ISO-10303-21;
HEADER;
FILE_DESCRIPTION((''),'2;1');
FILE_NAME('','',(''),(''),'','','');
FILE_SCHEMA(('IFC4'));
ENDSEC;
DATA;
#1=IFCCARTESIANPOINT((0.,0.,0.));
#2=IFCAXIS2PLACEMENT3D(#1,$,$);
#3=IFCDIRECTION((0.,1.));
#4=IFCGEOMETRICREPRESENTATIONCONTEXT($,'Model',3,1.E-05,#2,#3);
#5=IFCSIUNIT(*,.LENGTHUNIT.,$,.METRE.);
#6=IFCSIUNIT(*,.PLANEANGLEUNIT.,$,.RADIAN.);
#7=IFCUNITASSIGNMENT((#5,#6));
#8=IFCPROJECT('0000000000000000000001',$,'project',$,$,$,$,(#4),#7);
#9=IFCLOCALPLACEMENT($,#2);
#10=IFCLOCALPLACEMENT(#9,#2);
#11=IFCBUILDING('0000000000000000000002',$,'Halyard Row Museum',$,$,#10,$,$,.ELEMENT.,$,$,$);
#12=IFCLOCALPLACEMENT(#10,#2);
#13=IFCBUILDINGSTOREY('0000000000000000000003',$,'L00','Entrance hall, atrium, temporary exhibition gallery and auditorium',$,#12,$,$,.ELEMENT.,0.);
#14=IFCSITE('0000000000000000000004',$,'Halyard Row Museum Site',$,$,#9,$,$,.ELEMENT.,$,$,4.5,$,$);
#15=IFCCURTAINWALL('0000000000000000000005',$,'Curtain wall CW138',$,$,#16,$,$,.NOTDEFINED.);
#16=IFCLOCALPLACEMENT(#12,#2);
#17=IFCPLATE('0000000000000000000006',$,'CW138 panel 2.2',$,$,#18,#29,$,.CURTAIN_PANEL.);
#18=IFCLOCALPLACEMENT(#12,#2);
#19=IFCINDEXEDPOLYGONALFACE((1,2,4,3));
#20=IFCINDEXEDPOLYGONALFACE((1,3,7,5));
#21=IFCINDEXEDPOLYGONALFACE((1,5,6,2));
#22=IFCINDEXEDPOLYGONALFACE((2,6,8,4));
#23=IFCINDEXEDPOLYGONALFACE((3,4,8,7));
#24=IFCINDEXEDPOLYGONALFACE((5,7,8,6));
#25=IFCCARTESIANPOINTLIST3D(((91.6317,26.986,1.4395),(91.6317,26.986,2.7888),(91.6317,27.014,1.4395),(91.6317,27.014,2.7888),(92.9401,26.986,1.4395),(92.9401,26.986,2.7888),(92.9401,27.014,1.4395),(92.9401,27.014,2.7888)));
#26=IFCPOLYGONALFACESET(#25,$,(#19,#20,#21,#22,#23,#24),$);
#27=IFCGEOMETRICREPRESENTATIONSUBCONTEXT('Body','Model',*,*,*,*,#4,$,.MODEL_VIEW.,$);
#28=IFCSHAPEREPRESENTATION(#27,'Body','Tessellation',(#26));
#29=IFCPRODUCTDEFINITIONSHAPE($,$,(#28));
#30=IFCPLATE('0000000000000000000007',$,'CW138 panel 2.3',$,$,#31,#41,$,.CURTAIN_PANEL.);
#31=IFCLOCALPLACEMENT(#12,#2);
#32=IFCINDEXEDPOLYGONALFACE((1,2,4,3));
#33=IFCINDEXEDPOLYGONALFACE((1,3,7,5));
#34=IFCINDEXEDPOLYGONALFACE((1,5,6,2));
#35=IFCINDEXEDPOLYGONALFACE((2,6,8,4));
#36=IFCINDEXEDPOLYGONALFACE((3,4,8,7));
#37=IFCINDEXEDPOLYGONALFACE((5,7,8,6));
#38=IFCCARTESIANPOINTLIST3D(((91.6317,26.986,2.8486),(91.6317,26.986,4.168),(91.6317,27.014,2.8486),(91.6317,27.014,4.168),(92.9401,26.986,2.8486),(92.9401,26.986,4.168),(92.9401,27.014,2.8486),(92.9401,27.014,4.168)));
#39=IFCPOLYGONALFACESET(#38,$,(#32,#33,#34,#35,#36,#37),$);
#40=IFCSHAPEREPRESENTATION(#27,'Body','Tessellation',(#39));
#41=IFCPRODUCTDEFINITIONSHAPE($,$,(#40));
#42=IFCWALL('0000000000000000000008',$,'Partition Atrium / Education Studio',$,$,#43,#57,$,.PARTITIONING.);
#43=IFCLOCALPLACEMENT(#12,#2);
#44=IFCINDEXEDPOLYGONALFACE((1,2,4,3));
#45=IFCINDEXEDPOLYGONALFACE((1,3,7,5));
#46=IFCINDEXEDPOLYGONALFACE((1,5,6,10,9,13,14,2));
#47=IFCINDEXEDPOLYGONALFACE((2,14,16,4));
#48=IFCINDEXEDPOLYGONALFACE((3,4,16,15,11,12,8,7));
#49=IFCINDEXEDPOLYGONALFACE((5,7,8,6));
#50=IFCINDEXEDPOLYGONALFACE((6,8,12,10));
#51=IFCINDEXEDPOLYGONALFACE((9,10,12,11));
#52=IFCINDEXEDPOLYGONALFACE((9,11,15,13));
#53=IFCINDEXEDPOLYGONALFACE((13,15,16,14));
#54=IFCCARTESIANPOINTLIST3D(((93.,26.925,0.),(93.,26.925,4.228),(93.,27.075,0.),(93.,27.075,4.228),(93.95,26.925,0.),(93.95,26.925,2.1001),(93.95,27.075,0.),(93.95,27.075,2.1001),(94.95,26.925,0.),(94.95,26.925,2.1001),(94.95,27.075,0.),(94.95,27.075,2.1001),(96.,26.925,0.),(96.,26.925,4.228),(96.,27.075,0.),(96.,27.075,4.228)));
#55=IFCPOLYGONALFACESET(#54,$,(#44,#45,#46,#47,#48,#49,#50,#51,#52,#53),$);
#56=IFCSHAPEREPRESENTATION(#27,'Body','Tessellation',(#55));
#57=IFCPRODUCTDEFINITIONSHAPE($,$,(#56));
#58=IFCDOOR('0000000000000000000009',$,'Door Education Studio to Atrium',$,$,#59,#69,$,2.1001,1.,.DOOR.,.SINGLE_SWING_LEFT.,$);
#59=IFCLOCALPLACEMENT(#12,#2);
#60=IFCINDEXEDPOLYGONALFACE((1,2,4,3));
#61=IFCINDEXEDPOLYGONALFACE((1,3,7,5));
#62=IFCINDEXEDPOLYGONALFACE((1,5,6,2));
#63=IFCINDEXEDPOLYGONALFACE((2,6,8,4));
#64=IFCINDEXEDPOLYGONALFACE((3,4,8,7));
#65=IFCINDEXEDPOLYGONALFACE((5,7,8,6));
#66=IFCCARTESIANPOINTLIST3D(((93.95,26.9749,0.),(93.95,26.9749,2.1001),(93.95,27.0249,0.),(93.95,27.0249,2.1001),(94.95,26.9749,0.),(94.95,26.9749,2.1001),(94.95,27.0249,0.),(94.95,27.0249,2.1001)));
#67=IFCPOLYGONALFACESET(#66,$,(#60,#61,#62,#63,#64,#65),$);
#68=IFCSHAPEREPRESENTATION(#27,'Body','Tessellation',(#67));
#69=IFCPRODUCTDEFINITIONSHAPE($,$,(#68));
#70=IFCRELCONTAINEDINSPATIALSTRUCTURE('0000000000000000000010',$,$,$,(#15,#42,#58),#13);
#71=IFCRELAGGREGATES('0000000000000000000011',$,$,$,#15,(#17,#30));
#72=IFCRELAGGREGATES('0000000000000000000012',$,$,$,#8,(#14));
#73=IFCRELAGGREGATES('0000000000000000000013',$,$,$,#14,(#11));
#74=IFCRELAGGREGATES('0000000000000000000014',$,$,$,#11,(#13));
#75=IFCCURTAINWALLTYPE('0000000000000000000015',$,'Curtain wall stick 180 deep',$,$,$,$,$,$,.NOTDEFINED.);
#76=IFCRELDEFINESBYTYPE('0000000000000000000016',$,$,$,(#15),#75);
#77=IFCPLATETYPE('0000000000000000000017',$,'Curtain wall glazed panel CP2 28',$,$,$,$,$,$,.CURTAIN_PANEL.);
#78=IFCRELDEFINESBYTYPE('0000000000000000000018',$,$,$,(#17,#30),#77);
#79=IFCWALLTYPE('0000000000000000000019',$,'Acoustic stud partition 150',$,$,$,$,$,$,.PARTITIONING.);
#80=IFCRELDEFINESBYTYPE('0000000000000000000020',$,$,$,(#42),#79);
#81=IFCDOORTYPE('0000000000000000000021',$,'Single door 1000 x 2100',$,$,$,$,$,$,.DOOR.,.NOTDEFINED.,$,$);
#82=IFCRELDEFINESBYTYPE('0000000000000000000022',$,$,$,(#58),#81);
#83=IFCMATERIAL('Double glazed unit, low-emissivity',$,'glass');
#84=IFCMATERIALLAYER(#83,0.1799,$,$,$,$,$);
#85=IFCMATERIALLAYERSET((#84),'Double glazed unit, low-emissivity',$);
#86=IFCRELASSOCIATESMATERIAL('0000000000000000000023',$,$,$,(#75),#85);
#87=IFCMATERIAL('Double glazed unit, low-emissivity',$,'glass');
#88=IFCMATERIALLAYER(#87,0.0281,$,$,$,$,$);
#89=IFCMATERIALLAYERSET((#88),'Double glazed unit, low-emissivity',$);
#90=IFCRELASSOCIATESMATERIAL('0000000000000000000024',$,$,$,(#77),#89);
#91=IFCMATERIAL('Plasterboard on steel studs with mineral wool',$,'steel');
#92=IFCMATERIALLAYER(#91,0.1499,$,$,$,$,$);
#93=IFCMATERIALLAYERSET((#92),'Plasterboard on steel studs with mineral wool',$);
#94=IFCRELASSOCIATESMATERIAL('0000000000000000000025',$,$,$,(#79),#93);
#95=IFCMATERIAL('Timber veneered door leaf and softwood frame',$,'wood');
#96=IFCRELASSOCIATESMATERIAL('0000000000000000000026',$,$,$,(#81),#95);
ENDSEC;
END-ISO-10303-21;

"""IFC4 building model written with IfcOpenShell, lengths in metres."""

from ifc_helpers import new_model, si_unit, direction, frame, frame_2d, origin, origin_2d, place, context, subcontext, project, spatial, rectangle, extrude, material, layer, layer_set, type_object, element, fill, aggregate, save


model = new_model("IFC4")

# Units and contexts
model_context = context("Model", 3, precision=1e-05, world=origin(), true_north=direction((0.0, 1.0)))
body_context = subcontext(model_context, "Body", "Model", "MODEL_VIEW")
ifc_project = project(units=[si_unit("LENGTHUNIT", "METRE"), si_unit("PLANEANGLEUNIT", "RADIAN")], contexts=[model_context])

# Site, building, storey
site_placement = place(None, origin())
site = spatial("IfcSite", under=ifc_project, at=site_placement, Name="Halyard Row Museum Site", CompositionType="ELEMENT", RefElevation=4.5)
building_placement = place(site_placement, origin())
building = spatial("IfcBuilding", under=site, at=building_placement, Name="Halyard Row Museum", CompositionType="ELEMENT")
storey_placement = place(building_placement, origin())
storey = spatial("IfcBuildingStorey", under=building, at=storey_placement, Name="L00", Description="Entrance hall, atrium, temporary exhibition gallery and auditorium", CompositionType="ELEMENT", Elevation=0.0)

# Curtain wall
ifc_material_1 = material(Name="Double glazed unit, low-emissivity", Category="glass")
ifc_layer_1 = layer(ifc_material_1, 0.1799)
ifc_layer_set_1 = layer_set([ifc_layer_1], Name="Double glazed unit, low-emissivity")
curtain_wall_type = type_object("IfcCurtainWallType", Name="Curtain wall stick 180 deep", PredefinedType="NOTDEFINED", material=ifc_layer_set_1)
curtain_wall_1_placement = place(storey_placement, origin())
curtain_wall_1 = element("IfcCurtainWall", 1, at=curtain_wall_1_placement, inside=storey, type_object=curtain_wall_type, Name="Curtain wall CW138", PredefinedType="NOTDEFINED")

# Plates
ifc_material_2 = material(Name="Double glazed unit, low-emissivity", Category="glass")
ifc_layer_2 = layer(ifc_material_2, 0.0281)
ifc_layer_set_2 = layer_set([ifc_layer_2], Name="Double glazed unit, low-emissivity")
plate_type = type_object("IfcPlateType", Name="Curtain wall glazed panel CP2 28", PredefinedType="CURTAIN_PANEL", material=ifc_layer_set_2)
plate_1_placement = place(storey_placement, frame((92.2859, 27.0, 1.4395), z_axis=(0.0, 0.0, 1.0), x_axis=(1.0, 0.0, 0.0)))
plate_1 = element("IfcPlate", 2, at=plate_1_placement, type_object=plate_type, Name="CW138 panel 2.2", PredefinedType="CURTAIN_PANEL", context=body_context, shape_type="SweptSolid", body=[
    extrude(rectangle(XDim=1.3083, YDim=0.0281, at=origin_2d()), origin(), (0.0, 0.0, 1.0), 1.3494),
])
plate_2_placement = place(storey_placement, frame((92.2859, 27.0, 2.8486), z_axis=(0.0, 0.0, 1.0), x_axis=(1.0, 0.0, 0.0)))
plate_2 = element("IfcPlate", 3, at=plate_2_placement, type_object=plate_type, Name="CW138 panel 2.3", PredefinedType="CURTAIN_PANEL", context=body_context, shape_type="SweptSolid", body=[
    extrude(rectangle(XDim=1.3083, YDim=0.0281, at=origin_2d()), origin(), (0.0, 0.0, 1.0), 1.3193),
])
aggregate(curtain_wall_1, [plate_1, plate_2])

# Wall, opening, door
ifc_material_3 = material(Name="Plasterboard on steel studs with mineral wool", Category="steel")
ifc_layer_3 = layer(ifc_material_3, 0.1499)
ifc_layer_set_3 = layer_set([ifc_layer_3], Name="Plasterboard on steel studs with mineral wool")
wall_type = type_object("IfcWallType", Name="Acoustic stud partition 150", PredefinedType="PARTITIONING", material=ifc_layer_set_3)
wall_placement = place(storey_placement, frame((93.0, 27.0, 0.0), z_axis=(0.0, 0.0, 1.0), x_axis=(1.0, 0.0, 0.0)))
wall = element("IfcWall", 4, at=wall_placement, inside=storey, type_object=wall_type, Name="Partition Atrium / Education Studio", PredefinedType="PARTITIONING", context=body_context, shape_type="SweptSolid", body=[
    extrude(rectangle(XDim=3.0, YDim=0.1499, at=frame_2d((1.5, 0.0))), origin(), (0.0, 0.0, 1.0), 4.228),
])
opening_placement = place(wall_placement, frame((0.95, 0.0, 0.0)))
opening = element("IfcOpeningElement", 5, at=opening_placement, cuts=wall, PredefinedType="OPENING", context=body_context, shape_type="SweptSolid", body=[
    extrude(rectangle(XDim=1.0, YDim=2.1001, at=frame_2d((0.5, 1.05))), frame((0.0, 0.085, 0.0), z_axis=(0.0, -1.0, 0.0), x_axis=(1.0, 0.0, 0.0)), (0.0, 0.0, 1.0), 0.1699),
])
ifc_material_4 = material(Name="Timber veneered door leaf and softwood frame", Category="wood")
door_type = type_object("IfcDoorType", Name="Single door 1000 x 2100", OperationType="NOTDEFINED", PredefinedType="DOOR", material=ifc_material_4)
door_placement = place(opening_placement, origin())
door = element("IfcDoor", 6, at=door_placement, inside=storey, type_object=door_type, Name="Door Education Studio to Atrium", OperationType="SINGLE_SWING_LEFT", OverallHeight=2.1001, OverallWidth=1.0, PredefinedType="DOOR", context=body_context, shape_type="SweptSolid", body=[
    extrude(rectangle(XDim=1.0, YDim=2.1001, at=frame_2d((0.5, 1.05))), frame((0.0, 0.0249, 0.0), z_axis=(0.0, -1.0, 0.0), x_axis=(1.0, 0.0, 0.0)), (0.0, 0.0, 1.0), 0.05),
])
fill(opening, door)

save(model, "model.ifc")
